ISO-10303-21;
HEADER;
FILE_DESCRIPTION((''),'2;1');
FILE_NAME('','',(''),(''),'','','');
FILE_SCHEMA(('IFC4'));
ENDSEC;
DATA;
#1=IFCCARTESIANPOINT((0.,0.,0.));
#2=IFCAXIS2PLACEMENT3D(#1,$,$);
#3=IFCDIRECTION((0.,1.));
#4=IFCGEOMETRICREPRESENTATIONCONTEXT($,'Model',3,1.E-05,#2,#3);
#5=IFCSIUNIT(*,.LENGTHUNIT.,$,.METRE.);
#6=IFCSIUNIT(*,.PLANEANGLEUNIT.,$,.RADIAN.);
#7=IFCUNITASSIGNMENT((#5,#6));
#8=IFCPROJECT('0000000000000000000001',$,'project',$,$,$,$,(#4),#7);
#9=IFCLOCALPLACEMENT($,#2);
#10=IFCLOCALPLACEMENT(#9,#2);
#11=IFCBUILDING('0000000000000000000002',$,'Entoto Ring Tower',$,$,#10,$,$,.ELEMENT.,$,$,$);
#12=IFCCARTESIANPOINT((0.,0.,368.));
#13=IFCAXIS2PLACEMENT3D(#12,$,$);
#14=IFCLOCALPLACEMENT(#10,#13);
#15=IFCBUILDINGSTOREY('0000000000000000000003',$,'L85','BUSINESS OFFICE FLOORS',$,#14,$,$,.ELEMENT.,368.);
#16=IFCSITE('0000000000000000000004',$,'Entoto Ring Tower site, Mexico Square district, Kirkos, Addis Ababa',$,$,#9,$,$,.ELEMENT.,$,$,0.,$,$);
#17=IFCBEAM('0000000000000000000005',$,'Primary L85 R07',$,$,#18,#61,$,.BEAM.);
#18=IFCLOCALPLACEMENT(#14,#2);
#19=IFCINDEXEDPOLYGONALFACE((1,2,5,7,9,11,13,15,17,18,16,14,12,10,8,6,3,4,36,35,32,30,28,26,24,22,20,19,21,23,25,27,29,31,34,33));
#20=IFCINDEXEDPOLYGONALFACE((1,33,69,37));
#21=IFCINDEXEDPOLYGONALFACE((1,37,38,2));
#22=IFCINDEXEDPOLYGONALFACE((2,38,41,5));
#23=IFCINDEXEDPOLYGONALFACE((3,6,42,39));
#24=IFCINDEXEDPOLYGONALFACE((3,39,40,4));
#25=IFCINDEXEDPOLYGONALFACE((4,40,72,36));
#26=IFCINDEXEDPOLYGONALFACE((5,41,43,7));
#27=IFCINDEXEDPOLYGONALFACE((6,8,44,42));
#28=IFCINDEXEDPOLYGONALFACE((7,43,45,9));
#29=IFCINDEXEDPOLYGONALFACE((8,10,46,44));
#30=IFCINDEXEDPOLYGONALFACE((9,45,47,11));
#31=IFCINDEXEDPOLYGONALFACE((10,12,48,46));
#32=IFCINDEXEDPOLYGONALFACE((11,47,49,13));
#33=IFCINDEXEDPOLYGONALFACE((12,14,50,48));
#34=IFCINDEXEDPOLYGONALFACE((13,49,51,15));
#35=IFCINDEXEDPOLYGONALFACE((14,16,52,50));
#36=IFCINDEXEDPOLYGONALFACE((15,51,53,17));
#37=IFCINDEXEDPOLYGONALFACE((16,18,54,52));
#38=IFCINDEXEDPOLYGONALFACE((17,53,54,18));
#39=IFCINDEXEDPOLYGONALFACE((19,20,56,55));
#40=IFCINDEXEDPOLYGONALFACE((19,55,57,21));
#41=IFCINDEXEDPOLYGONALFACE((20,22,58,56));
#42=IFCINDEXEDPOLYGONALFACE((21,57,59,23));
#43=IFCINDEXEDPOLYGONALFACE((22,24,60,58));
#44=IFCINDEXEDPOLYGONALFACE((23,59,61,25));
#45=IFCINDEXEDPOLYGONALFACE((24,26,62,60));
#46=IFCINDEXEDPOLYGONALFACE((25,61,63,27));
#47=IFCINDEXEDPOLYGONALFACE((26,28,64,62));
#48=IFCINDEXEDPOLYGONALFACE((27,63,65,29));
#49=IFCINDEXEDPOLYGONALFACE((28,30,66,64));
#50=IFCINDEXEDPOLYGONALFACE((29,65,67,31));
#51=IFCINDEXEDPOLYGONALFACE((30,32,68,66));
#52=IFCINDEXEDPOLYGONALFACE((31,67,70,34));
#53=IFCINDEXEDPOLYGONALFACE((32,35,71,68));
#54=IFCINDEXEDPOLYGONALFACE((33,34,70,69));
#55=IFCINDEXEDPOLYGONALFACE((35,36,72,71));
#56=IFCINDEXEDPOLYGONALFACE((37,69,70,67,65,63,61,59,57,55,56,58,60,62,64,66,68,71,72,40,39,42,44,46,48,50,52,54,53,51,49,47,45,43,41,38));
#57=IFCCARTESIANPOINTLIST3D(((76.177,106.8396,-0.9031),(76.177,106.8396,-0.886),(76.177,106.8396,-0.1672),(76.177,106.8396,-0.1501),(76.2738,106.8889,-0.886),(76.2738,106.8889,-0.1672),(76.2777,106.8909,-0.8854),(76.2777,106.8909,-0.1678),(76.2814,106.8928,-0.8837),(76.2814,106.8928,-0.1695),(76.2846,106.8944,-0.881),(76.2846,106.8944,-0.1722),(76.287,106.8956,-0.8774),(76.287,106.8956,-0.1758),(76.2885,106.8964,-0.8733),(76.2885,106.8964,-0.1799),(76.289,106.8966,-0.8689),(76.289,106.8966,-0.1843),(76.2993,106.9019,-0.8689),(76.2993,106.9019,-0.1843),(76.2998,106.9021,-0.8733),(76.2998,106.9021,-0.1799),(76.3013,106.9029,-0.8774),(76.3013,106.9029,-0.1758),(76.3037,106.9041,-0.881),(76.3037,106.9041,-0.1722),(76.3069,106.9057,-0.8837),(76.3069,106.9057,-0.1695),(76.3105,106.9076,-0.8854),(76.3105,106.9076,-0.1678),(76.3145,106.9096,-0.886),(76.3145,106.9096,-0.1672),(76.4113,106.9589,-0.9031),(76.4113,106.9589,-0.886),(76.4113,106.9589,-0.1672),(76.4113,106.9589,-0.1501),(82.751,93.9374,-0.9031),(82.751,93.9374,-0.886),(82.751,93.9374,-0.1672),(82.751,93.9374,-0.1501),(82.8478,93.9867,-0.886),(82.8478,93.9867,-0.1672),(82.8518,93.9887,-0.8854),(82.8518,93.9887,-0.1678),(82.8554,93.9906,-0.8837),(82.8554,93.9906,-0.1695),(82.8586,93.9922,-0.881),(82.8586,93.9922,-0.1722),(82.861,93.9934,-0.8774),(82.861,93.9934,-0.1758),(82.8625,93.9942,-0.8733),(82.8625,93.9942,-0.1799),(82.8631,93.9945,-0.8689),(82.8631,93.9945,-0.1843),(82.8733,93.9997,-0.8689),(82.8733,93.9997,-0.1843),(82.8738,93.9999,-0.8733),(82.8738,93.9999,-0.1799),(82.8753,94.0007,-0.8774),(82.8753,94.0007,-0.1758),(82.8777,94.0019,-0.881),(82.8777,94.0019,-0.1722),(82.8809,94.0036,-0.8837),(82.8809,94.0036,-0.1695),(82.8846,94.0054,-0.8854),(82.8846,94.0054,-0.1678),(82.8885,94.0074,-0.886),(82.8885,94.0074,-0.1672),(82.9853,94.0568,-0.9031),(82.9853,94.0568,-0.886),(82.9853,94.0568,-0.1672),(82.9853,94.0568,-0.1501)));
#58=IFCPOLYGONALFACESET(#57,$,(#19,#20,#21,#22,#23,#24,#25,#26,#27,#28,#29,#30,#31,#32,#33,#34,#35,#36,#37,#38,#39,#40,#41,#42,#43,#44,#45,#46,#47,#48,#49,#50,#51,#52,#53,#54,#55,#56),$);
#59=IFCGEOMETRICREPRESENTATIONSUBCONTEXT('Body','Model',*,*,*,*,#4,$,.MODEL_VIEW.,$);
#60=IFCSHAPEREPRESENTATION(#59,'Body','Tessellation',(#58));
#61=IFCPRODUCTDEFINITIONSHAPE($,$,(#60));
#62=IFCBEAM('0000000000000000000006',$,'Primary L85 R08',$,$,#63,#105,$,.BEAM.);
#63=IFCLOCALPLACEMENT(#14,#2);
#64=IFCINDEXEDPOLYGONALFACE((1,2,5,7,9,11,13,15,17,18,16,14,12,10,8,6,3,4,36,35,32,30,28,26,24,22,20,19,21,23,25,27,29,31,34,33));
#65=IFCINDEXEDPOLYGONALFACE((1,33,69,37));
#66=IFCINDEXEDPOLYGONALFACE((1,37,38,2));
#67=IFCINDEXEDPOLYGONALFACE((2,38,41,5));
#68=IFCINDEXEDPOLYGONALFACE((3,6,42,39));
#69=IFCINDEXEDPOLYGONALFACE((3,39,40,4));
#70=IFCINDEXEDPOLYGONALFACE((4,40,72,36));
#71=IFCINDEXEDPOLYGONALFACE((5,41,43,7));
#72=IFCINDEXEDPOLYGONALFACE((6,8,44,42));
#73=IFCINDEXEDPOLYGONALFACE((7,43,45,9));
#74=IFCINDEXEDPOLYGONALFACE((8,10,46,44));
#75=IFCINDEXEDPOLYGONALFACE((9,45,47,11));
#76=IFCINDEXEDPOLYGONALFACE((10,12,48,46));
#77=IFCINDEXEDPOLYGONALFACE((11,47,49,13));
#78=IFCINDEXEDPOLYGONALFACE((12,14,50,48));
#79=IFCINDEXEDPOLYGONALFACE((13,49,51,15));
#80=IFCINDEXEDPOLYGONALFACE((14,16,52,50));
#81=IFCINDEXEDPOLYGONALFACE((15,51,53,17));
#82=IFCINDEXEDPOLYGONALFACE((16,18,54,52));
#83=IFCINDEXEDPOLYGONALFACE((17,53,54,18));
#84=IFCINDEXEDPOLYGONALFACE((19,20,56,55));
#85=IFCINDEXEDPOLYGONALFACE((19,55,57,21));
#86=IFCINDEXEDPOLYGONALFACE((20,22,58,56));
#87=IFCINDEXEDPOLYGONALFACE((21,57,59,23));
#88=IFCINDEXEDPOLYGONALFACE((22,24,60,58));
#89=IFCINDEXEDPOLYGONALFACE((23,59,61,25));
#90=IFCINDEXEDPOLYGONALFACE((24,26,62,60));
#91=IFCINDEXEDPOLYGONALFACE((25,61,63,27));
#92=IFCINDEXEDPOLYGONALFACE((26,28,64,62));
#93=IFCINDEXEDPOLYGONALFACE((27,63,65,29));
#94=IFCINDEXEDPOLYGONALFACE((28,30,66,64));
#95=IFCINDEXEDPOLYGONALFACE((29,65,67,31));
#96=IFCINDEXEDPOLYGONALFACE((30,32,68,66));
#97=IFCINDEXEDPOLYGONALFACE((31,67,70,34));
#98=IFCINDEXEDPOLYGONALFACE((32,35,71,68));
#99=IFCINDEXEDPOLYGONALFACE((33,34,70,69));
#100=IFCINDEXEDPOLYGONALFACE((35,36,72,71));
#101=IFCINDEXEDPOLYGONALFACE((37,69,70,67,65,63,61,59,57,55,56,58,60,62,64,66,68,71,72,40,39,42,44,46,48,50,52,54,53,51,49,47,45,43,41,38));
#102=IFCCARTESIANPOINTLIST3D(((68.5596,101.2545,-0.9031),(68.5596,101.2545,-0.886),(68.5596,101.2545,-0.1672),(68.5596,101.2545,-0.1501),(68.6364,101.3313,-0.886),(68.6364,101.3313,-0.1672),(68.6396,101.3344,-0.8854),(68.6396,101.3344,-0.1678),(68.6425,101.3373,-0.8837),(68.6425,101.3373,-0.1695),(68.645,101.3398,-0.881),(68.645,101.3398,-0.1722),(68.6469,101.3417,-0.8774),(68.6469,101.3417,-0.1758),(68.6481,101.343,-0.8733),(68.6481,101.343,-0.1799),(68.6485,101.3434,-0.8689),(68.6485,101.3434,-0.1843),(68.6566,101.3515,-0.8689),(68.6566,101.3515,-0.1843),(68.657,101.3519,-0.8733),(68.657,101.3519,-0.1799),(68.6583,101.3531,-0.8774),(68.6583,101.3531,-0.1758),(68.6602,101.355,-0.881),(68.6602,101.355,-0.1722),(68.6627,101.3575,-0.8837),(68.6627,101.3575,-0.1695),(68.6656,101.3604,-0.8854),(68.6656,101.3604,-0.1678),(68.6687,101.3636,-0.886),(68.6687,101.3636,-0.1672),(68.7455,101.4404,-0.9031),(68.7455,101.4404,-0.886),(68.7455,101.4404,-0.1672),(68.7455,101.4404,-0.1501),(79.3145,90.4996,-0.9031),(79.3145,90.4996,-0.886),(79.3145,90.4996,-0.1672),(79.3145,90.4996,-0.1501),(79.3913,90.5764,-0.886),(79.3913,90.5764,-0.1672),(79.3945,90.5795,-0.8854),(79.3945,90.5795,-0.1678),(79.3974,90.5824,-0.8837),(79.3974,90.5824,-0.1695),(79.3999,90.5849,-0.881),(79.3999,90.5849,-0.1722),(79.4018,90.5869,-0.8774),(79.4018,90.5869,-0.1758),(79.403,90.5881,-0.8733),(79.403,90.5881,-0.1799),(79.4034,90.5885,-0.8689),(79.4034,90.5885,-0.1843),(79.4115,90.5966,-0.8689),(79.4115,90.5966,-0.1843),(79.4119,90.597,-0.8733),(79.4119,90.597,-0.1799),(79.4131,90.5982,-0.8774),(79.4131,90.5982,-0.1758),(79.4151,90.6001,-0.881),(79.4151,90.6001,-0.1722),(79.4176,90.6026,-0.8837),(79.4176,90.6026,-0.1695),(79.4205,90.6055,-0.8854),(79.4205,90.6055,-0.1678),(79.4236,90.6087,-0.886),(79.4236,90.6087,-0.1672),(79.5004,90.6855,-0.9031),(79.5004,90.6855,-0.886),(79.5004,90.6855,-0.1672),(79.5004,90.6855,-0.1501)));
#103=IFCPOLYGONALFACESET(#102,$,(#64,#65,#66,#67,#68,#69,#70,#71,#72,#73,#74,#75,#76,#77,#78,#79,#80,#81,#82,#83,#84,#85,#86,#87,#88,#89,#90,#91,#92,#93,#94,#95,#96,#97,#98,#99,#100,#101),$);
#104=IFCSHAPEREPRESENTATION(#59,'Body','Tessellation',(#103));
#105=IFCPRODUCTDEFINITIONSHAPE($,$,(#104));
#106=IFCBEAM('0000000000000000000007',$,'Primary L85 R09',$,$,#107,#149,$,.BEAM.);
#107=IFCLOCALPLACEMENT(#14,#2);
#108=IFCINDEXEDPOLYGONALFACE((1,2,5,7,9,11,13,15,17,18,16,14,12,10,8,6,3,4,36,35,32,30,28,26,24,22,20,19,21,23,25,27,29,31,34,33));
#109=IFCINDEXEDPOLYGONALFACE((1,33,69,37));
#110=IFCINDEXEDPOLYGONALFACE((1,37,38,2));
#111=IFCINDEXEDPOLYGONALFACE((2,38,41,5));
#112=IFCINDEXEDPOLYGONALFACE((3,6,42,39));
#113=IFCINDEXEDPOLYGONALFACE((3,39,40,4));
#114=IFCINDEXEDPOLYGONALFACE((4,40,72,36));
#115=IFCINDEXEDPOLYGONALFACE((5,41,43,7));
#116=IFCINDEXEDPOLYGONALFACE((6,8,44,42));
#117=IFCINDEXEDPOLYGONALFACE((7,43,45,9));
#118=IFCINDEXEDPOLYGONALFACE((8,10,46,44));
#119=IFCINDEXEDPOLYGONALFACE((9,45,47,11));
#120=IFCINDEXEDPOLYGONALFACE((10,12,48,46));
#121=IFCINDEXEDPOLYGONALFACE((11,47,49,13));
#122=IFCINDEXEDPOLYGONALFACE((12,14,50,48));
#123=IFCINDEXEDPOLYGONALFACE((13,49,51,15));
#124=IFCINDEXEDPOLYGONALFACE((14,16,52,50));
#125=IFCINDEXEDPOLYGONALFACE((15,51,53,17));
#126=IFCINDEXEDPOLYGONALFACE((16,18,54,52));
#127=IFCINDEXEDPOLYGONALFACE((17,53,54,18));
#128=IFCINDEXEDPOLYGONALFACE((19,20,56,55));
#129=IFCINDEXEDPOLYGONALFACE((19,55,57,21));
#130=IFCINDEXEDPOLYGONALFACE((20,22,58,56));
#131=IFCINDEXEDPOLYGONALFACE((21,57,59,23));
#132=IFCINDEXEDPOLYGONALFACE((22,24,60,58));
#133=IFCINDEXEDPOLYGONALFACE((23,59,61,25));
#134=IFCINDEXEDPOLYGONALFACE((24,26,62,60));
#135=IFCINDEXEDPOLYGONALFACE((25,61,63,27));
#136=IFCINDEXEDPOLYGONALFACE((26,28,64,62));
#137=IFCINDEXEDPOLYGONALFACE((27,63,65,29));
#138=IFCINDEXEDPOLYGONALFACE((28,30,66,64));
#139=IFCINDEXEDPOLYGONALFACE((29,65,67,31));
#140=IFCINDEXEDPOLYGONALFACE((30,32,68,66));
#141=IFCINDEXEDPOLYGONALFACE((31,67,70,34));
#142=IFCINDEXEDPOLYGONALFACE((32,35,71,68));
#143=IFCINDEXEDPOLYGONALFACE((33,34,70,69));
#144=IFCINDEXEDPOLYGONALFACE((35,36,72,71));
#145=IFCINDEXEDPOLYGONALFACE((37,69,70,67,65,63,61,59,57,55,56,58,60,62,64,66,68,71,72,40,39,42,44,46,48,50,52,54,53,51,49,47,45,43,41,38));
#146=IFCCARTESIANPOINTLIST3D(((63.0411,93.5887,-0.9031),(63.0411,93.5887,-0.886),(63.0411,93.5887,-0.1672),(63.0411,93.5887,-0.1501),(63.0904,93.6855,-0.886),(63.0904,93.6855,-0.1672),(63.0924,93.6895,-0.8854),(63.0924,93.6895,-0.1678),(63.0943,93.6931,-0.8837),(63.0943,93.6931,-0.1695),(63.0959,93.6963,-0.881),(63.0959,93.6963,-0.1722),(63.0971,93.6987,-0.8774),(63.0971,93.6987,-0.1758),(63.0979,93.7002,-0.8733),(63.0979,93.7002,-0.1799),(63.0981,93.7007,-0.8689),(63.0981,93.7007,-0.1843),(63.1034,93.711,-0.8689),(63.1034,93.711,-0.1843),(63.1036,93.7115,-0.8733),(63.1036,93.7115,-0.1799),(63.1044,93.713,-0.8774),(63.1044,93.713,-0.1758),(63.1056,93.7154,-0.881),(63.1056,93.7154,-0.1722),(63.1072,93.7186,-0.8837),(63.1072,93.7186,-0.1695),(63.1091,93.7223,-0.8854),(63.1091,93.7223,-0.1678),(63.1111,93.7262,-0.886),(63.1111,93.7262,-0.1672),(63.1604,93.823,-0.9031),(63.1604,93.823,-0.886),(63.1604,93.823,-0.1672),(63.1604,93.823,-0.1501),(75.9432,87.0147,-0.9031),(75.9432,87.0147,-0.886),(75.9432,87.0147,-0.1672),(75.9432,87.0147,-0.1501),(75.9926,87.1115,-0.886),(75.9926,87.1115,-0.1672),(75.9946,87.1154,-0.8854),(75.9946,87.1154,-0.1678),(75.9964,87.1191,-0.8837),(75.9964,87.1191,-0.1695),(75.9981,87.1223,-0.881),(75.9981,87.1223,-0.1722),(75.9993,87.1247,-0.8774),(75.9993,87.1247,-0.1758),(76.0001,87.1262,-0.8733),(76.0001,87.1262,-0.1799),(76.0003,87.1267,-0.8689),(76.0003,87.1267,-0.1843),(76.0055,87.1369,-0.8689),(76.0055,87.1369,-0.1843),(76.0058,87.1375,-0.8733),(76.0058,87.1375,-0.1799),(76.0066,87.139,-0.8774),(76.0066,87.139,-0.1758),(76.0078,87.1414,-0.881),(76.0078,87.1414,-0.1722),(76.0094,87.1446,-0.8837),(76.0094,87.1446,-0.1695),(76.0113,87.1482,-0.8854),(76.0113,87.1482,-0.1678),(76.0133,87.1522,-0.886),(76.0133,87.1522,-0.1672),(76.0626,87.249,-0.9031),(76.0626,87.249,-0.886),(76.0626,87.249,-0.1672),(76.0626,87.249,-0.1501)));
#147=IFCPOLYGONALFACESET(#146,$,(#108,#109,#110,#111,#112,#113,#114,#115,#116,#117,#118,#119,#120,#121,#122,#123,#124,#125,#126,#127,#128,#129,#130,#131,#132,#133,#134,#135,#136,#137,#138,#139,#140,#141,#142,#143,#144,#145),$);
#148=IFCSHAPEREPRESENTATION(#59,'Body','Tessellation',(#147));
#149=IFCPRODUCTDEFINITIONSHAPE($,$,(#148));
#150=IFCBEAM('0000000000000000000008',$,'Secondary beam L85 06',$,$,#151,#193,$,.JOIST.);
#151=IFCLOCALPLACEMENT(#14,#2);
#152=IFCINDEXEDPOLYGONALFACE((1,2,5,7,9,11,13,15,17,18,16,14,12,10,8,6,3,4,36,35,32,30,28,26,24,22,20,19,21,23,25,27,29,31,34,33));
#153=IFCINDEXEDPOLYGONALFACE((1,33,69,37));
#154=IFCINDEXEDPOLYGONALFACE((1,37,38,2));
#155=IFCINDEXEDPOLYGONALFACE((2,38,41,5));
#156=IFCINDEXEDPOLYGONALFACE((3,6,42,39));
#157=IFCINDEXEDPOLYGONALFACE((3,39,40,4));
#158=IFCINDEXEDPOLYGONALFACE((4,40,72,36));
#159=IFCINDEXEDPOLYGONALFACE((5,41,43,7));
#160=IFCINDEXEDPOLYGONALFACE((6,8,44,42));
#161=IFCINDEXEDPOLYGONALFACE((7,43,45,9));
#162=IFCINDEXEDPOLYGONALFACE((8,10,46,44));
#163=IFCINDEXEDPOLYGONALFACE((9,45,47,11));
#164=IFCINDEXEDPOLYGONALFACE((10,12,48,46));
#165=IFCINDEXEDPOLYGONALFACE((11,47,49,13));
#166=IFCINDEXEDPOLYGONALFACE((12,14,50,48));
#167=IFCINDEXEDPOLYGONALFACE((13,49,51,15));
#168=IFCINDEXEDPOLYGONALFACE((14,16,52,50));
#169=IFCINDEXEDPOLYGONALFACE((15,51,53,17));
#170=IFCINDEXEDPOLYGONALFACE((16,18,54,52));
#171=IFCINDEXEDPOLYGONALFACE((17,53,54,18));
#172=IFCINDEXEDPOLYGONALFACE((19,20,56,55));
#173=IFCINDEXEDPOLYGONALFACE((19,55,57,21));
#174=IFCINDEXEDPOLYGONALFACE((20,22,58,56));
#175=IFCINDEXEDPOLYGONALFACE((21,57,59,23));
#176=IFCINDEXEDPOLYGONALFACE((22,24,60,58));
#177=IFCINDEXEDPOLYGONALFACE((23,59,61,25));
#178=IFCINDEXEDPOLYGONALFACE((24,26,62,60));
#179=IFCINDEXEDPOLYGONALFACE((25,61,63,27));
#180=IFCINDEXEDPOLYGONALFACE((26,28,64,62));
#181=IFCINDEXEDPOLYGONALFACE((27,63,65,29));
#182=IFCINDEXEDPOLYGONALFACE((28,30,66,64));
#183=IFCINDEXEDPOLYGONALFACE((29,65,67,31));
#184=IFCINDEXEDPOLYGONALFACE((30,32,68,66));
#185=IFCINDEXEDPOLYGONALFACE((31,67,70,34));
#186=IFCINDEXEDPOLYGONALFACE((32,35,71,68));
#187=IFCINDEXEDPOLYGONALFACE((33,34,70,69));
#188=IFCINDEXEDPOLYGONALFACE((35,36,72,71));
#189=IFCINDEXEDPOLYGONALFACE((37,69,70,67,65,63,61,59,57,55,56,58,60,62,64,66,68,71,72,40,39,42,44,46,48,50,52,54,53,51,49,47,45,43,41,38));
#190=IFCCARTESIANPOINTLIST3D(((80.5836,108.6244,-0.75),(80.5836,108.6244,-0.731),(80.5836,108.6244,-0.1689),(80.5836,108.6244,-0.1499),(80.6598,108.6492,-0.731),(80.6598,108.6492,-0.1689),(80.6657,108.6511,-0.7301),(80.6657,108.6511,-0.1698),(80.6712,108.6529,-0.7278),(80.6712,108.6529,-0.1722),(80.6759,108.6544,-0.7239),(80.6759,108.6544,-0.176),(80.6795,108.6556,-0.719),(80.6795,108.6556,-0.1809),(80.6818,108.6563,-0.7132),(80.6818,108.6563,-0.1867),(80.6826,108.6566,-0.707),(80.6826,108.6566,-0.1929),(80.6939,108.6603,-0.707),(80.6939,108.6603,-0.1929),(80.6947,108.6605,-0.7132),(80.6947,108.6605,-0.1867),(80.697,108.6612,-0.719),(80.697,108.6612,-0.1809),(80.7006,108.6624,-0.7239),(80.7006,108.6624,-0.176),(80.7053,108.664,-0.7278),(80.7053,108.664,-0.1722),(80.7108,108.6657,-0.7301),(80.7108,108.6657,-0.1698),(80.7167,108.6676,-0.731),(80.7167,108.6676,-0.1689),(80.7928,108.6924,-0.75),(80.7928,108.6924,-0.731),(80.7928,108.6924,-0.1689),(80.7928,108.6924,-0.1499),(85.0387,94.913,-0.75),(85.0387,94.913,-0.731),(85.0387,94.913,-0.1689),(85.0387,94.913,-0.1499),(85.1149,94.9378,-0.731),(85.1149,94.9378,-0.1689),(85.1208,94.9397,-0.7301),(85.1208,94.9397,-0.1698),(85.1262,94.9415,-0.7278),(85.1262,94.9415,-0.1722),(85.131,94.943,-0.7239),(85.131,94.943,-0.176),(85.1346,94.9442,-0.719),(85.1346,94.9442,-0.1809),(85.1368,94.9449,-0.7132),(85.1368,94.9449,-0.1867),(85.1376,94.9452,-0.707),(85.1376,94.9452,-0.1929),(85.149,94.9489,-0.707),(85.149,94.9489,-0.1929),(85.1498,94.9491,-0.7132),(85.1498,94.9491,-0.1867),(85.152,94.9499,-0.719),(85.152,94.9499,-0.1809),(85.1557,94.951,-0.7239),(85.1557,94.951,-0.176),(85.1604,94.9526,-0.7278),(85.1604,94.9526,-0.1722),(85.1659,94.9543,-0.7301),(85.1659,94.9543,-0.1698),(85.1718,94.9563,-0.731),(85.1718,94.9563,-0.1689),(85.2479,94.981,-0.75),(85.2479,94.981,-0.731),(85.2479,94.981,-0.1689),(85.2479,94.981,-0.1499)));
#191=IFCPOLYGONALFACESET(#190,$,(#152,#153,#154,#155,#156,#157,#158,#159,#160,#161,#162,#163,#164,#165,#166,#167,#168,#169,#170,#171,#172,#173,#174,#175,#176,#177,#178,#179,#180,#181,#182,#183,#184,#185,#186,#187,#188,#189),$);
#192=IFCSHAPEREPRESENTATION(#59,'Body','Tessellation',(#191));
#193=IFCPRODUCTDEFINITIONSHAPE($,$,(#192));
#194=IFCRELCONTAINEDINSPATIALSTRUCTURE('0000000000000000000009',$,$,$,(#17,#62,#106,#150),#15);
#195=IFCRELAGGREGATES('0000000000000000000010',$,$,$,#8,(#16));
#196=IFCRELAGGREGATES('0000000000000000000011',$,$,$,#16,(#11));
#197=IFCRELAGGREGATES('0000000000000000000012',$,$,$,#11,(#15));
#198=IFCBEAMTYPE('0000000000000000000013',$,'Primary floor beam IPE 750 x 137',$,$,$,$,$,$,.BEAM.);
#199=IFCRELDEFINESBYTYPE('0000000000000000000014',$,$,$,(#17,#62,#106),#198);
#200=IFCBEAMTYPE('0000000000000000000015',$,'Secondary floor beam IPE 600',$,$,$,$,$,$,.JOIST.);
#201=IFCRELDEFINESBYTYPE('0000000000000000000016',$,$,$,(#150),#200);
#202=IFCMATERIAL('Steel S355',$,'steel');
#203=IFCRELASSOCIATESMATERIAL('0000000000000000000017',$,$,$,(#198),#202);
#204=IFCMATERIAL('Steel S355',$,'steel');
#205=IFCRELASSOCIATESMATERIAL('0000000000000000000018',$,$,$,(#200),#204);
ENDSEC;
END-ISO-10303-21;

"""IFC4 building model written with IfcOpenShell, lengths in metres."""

from ifc_helpers import new_model, si_unit, direction, frame, origin, origin_2d, place, context, subcontext, project, spatial, i_section, extrude, material, material_profile, profile_set, type_object, element, save


model = new_model("IFC4")

# Units and contexts
model_context = context("Model", 3, precision=1e-05, world=origin(), true_north=direction((0.0, 1.0)))
body_context = subcontext(model_context, "Body", "Model", "MODEL_VIEW")
ifc_project = project(units=[si_unit("LENGTHUNIT", "METRE"), si_unit("PLANEANGLEUNIT", "RADIAN")], contexts=[model_context])

# Site, building, storey
site_placement = place(None, origin())
site = spatial("IfcSite", under=ifc_project, at=site_placement, Name="Entoto Ring Tower site, Mexico Square district, Kirkos, Addis Ababa", CompositionType="ELEMENT", RefElevation=0.0)
building_placement = place(site_placement, origin())
building = spatial("IfcBuilding", under=site, at=building_placement, Name="Entoto Ring Tower", CompositionType="ELEMENT")
storey_placement = place(building_placement, frame((0.0, 0.0, 368.0)))
storey = spatial("IfcBuildingStorey", under=building, at=storey_placement, Name="L85", Description="BUSINESS OFFICE FLOORS", CompositionType="ELEMENT", Elevation=368.0)

# Beams
ifc_material_1 = material(Name="Steel S355", Category="steel")
ifc_material_profile_1 = material_profile(ifc_material_1, i_section(OverallWidth=0.2629, OverallDepth=0.7529, WebThickness=0.0115, FlangeThickness=0.0171, FilletRadius=0.0171, at=origin_2d()), Name="IPE 750 x 137")
ifc_profile_set_1 = profile_set([ifc_material_profile_1], Name="Steel S355")
beam_type_1 = type_object("IfcBeamType", Name="Primary floor beam IPE 750 x 137", PredefinedType="BEAM", material=ifc_profile_set_1)
beam_1_placement = place(storey_placement, frame((82.8682, 93.9971, -0.5266), z_axis=(-0.453992, 0.891006, 0.0), x_axis=(-0.891006, -0.453992, 0.0)))
element("IfcBeam", 1, at=beam_1_placement, inside=storey, type_object=beam_type_1, Name="Primary L85 R07", PredefinedType="BEAM", context=body_context, shape_type="SweptSolid", body=[
    extrude(i_section(OverallWidth=0.2629, OverallDepth=0.7529, WebThickness=0.0115, FlangeThickness=0.0171, FilletRadius=0.0171, at=origin_2d()), origin(), (0.0, 0.0, 1.0), 14.4805),
])
beam_2_placement = place(storey_placement, frame((79.4075, 90.5925, -0.5266), z_axis=(-0.707107, 0.707107, 0.0), x_axis=(-0.707107, -0.707107, 0.0)))
element("IfcBeam", 2, at=beam_2_placement, inside=storey, type_object=beam_type_1, Name="Primary L85 R08", PredefinedType="BEAM", context=body_context, shape_type="SweptSolid", body=[
    extrude(i_section(OverallWidth=0.2629, OverallDepth=0.7529, WebThickness=0.0115, FlangeThickness=0.0171, FilletRadius=0.0171, at=origin_2d()), origin(), (0.0, 0.0, 1.0), 15.2097),
])
beam_3_placement = place(storey_placement, frame((76.0029, 87.1318, -0.5266), z_axis=(-0.891006, 0.453992, 0.0), x_axis=(-0.453992, -0.891006, 0.0)))
element("IfcBeam", 3, at=beam_3_placement, inside=storey, type_object=beam_type_1, Name="Primary L85 R09", PredefinedType="BEAM", context=body_context, shape_type="SweptSolid", body=[
    extrude(i_section(OverallWidth=0.2629, OverallDepth=0.7529, WebThickness=0.0115, FlangeThickness=0.0171, FilletRadius=0.0171, at=origin_2d()), origin(), (0.0, 0.0, 1.0), 14.4805),
])
ifc_material_2 = material(Name="Steel S355", Category="steel")
ifc_material_profile_2 = material_profile(ifc_material_2, i_section(OverallWidth=0.22, OverallDepth=0.6001, WebThickness=0.012, FlangeThickness=0.019, FilletRadius=0.0239, at=origin_2d()), Name="IPE 600")
ifc_profile_set_2 = profile_set([ifc_material_profile_2], Name="Steel S355")
beam_type_2 = type_object("IfcBeamType", Name="Secondary floor beam IPE 600", PredefinedType="JOIST", material=ifc_profile_set_2)
beam_4_placement = place(storey_placement, frame((85.1433, 94.947, -0.45), z_axis=(-0.309015, 0.951057, 0.0), x_axis=(-0.951057, -0.309015, 0.0)))
element("IfcBeam", 4, at=beam_4_placement, inside=storey, type_object=beam_type_2, Name="Secondary beam L85 06", PredefinedType="JOIST", context=body_context, shape_type="SweptSolid", body=[
    extrude(i_section(OverallWidth=0.22, OverallDepth=0.6001, WebThickness=0.012, FlangeThickness=0.019, FilletRadius=0.0239, at=origin_2d()), origin(), (0.0, 0.0, 1.0), 14.417),
])

save(model, "model.ifc")
